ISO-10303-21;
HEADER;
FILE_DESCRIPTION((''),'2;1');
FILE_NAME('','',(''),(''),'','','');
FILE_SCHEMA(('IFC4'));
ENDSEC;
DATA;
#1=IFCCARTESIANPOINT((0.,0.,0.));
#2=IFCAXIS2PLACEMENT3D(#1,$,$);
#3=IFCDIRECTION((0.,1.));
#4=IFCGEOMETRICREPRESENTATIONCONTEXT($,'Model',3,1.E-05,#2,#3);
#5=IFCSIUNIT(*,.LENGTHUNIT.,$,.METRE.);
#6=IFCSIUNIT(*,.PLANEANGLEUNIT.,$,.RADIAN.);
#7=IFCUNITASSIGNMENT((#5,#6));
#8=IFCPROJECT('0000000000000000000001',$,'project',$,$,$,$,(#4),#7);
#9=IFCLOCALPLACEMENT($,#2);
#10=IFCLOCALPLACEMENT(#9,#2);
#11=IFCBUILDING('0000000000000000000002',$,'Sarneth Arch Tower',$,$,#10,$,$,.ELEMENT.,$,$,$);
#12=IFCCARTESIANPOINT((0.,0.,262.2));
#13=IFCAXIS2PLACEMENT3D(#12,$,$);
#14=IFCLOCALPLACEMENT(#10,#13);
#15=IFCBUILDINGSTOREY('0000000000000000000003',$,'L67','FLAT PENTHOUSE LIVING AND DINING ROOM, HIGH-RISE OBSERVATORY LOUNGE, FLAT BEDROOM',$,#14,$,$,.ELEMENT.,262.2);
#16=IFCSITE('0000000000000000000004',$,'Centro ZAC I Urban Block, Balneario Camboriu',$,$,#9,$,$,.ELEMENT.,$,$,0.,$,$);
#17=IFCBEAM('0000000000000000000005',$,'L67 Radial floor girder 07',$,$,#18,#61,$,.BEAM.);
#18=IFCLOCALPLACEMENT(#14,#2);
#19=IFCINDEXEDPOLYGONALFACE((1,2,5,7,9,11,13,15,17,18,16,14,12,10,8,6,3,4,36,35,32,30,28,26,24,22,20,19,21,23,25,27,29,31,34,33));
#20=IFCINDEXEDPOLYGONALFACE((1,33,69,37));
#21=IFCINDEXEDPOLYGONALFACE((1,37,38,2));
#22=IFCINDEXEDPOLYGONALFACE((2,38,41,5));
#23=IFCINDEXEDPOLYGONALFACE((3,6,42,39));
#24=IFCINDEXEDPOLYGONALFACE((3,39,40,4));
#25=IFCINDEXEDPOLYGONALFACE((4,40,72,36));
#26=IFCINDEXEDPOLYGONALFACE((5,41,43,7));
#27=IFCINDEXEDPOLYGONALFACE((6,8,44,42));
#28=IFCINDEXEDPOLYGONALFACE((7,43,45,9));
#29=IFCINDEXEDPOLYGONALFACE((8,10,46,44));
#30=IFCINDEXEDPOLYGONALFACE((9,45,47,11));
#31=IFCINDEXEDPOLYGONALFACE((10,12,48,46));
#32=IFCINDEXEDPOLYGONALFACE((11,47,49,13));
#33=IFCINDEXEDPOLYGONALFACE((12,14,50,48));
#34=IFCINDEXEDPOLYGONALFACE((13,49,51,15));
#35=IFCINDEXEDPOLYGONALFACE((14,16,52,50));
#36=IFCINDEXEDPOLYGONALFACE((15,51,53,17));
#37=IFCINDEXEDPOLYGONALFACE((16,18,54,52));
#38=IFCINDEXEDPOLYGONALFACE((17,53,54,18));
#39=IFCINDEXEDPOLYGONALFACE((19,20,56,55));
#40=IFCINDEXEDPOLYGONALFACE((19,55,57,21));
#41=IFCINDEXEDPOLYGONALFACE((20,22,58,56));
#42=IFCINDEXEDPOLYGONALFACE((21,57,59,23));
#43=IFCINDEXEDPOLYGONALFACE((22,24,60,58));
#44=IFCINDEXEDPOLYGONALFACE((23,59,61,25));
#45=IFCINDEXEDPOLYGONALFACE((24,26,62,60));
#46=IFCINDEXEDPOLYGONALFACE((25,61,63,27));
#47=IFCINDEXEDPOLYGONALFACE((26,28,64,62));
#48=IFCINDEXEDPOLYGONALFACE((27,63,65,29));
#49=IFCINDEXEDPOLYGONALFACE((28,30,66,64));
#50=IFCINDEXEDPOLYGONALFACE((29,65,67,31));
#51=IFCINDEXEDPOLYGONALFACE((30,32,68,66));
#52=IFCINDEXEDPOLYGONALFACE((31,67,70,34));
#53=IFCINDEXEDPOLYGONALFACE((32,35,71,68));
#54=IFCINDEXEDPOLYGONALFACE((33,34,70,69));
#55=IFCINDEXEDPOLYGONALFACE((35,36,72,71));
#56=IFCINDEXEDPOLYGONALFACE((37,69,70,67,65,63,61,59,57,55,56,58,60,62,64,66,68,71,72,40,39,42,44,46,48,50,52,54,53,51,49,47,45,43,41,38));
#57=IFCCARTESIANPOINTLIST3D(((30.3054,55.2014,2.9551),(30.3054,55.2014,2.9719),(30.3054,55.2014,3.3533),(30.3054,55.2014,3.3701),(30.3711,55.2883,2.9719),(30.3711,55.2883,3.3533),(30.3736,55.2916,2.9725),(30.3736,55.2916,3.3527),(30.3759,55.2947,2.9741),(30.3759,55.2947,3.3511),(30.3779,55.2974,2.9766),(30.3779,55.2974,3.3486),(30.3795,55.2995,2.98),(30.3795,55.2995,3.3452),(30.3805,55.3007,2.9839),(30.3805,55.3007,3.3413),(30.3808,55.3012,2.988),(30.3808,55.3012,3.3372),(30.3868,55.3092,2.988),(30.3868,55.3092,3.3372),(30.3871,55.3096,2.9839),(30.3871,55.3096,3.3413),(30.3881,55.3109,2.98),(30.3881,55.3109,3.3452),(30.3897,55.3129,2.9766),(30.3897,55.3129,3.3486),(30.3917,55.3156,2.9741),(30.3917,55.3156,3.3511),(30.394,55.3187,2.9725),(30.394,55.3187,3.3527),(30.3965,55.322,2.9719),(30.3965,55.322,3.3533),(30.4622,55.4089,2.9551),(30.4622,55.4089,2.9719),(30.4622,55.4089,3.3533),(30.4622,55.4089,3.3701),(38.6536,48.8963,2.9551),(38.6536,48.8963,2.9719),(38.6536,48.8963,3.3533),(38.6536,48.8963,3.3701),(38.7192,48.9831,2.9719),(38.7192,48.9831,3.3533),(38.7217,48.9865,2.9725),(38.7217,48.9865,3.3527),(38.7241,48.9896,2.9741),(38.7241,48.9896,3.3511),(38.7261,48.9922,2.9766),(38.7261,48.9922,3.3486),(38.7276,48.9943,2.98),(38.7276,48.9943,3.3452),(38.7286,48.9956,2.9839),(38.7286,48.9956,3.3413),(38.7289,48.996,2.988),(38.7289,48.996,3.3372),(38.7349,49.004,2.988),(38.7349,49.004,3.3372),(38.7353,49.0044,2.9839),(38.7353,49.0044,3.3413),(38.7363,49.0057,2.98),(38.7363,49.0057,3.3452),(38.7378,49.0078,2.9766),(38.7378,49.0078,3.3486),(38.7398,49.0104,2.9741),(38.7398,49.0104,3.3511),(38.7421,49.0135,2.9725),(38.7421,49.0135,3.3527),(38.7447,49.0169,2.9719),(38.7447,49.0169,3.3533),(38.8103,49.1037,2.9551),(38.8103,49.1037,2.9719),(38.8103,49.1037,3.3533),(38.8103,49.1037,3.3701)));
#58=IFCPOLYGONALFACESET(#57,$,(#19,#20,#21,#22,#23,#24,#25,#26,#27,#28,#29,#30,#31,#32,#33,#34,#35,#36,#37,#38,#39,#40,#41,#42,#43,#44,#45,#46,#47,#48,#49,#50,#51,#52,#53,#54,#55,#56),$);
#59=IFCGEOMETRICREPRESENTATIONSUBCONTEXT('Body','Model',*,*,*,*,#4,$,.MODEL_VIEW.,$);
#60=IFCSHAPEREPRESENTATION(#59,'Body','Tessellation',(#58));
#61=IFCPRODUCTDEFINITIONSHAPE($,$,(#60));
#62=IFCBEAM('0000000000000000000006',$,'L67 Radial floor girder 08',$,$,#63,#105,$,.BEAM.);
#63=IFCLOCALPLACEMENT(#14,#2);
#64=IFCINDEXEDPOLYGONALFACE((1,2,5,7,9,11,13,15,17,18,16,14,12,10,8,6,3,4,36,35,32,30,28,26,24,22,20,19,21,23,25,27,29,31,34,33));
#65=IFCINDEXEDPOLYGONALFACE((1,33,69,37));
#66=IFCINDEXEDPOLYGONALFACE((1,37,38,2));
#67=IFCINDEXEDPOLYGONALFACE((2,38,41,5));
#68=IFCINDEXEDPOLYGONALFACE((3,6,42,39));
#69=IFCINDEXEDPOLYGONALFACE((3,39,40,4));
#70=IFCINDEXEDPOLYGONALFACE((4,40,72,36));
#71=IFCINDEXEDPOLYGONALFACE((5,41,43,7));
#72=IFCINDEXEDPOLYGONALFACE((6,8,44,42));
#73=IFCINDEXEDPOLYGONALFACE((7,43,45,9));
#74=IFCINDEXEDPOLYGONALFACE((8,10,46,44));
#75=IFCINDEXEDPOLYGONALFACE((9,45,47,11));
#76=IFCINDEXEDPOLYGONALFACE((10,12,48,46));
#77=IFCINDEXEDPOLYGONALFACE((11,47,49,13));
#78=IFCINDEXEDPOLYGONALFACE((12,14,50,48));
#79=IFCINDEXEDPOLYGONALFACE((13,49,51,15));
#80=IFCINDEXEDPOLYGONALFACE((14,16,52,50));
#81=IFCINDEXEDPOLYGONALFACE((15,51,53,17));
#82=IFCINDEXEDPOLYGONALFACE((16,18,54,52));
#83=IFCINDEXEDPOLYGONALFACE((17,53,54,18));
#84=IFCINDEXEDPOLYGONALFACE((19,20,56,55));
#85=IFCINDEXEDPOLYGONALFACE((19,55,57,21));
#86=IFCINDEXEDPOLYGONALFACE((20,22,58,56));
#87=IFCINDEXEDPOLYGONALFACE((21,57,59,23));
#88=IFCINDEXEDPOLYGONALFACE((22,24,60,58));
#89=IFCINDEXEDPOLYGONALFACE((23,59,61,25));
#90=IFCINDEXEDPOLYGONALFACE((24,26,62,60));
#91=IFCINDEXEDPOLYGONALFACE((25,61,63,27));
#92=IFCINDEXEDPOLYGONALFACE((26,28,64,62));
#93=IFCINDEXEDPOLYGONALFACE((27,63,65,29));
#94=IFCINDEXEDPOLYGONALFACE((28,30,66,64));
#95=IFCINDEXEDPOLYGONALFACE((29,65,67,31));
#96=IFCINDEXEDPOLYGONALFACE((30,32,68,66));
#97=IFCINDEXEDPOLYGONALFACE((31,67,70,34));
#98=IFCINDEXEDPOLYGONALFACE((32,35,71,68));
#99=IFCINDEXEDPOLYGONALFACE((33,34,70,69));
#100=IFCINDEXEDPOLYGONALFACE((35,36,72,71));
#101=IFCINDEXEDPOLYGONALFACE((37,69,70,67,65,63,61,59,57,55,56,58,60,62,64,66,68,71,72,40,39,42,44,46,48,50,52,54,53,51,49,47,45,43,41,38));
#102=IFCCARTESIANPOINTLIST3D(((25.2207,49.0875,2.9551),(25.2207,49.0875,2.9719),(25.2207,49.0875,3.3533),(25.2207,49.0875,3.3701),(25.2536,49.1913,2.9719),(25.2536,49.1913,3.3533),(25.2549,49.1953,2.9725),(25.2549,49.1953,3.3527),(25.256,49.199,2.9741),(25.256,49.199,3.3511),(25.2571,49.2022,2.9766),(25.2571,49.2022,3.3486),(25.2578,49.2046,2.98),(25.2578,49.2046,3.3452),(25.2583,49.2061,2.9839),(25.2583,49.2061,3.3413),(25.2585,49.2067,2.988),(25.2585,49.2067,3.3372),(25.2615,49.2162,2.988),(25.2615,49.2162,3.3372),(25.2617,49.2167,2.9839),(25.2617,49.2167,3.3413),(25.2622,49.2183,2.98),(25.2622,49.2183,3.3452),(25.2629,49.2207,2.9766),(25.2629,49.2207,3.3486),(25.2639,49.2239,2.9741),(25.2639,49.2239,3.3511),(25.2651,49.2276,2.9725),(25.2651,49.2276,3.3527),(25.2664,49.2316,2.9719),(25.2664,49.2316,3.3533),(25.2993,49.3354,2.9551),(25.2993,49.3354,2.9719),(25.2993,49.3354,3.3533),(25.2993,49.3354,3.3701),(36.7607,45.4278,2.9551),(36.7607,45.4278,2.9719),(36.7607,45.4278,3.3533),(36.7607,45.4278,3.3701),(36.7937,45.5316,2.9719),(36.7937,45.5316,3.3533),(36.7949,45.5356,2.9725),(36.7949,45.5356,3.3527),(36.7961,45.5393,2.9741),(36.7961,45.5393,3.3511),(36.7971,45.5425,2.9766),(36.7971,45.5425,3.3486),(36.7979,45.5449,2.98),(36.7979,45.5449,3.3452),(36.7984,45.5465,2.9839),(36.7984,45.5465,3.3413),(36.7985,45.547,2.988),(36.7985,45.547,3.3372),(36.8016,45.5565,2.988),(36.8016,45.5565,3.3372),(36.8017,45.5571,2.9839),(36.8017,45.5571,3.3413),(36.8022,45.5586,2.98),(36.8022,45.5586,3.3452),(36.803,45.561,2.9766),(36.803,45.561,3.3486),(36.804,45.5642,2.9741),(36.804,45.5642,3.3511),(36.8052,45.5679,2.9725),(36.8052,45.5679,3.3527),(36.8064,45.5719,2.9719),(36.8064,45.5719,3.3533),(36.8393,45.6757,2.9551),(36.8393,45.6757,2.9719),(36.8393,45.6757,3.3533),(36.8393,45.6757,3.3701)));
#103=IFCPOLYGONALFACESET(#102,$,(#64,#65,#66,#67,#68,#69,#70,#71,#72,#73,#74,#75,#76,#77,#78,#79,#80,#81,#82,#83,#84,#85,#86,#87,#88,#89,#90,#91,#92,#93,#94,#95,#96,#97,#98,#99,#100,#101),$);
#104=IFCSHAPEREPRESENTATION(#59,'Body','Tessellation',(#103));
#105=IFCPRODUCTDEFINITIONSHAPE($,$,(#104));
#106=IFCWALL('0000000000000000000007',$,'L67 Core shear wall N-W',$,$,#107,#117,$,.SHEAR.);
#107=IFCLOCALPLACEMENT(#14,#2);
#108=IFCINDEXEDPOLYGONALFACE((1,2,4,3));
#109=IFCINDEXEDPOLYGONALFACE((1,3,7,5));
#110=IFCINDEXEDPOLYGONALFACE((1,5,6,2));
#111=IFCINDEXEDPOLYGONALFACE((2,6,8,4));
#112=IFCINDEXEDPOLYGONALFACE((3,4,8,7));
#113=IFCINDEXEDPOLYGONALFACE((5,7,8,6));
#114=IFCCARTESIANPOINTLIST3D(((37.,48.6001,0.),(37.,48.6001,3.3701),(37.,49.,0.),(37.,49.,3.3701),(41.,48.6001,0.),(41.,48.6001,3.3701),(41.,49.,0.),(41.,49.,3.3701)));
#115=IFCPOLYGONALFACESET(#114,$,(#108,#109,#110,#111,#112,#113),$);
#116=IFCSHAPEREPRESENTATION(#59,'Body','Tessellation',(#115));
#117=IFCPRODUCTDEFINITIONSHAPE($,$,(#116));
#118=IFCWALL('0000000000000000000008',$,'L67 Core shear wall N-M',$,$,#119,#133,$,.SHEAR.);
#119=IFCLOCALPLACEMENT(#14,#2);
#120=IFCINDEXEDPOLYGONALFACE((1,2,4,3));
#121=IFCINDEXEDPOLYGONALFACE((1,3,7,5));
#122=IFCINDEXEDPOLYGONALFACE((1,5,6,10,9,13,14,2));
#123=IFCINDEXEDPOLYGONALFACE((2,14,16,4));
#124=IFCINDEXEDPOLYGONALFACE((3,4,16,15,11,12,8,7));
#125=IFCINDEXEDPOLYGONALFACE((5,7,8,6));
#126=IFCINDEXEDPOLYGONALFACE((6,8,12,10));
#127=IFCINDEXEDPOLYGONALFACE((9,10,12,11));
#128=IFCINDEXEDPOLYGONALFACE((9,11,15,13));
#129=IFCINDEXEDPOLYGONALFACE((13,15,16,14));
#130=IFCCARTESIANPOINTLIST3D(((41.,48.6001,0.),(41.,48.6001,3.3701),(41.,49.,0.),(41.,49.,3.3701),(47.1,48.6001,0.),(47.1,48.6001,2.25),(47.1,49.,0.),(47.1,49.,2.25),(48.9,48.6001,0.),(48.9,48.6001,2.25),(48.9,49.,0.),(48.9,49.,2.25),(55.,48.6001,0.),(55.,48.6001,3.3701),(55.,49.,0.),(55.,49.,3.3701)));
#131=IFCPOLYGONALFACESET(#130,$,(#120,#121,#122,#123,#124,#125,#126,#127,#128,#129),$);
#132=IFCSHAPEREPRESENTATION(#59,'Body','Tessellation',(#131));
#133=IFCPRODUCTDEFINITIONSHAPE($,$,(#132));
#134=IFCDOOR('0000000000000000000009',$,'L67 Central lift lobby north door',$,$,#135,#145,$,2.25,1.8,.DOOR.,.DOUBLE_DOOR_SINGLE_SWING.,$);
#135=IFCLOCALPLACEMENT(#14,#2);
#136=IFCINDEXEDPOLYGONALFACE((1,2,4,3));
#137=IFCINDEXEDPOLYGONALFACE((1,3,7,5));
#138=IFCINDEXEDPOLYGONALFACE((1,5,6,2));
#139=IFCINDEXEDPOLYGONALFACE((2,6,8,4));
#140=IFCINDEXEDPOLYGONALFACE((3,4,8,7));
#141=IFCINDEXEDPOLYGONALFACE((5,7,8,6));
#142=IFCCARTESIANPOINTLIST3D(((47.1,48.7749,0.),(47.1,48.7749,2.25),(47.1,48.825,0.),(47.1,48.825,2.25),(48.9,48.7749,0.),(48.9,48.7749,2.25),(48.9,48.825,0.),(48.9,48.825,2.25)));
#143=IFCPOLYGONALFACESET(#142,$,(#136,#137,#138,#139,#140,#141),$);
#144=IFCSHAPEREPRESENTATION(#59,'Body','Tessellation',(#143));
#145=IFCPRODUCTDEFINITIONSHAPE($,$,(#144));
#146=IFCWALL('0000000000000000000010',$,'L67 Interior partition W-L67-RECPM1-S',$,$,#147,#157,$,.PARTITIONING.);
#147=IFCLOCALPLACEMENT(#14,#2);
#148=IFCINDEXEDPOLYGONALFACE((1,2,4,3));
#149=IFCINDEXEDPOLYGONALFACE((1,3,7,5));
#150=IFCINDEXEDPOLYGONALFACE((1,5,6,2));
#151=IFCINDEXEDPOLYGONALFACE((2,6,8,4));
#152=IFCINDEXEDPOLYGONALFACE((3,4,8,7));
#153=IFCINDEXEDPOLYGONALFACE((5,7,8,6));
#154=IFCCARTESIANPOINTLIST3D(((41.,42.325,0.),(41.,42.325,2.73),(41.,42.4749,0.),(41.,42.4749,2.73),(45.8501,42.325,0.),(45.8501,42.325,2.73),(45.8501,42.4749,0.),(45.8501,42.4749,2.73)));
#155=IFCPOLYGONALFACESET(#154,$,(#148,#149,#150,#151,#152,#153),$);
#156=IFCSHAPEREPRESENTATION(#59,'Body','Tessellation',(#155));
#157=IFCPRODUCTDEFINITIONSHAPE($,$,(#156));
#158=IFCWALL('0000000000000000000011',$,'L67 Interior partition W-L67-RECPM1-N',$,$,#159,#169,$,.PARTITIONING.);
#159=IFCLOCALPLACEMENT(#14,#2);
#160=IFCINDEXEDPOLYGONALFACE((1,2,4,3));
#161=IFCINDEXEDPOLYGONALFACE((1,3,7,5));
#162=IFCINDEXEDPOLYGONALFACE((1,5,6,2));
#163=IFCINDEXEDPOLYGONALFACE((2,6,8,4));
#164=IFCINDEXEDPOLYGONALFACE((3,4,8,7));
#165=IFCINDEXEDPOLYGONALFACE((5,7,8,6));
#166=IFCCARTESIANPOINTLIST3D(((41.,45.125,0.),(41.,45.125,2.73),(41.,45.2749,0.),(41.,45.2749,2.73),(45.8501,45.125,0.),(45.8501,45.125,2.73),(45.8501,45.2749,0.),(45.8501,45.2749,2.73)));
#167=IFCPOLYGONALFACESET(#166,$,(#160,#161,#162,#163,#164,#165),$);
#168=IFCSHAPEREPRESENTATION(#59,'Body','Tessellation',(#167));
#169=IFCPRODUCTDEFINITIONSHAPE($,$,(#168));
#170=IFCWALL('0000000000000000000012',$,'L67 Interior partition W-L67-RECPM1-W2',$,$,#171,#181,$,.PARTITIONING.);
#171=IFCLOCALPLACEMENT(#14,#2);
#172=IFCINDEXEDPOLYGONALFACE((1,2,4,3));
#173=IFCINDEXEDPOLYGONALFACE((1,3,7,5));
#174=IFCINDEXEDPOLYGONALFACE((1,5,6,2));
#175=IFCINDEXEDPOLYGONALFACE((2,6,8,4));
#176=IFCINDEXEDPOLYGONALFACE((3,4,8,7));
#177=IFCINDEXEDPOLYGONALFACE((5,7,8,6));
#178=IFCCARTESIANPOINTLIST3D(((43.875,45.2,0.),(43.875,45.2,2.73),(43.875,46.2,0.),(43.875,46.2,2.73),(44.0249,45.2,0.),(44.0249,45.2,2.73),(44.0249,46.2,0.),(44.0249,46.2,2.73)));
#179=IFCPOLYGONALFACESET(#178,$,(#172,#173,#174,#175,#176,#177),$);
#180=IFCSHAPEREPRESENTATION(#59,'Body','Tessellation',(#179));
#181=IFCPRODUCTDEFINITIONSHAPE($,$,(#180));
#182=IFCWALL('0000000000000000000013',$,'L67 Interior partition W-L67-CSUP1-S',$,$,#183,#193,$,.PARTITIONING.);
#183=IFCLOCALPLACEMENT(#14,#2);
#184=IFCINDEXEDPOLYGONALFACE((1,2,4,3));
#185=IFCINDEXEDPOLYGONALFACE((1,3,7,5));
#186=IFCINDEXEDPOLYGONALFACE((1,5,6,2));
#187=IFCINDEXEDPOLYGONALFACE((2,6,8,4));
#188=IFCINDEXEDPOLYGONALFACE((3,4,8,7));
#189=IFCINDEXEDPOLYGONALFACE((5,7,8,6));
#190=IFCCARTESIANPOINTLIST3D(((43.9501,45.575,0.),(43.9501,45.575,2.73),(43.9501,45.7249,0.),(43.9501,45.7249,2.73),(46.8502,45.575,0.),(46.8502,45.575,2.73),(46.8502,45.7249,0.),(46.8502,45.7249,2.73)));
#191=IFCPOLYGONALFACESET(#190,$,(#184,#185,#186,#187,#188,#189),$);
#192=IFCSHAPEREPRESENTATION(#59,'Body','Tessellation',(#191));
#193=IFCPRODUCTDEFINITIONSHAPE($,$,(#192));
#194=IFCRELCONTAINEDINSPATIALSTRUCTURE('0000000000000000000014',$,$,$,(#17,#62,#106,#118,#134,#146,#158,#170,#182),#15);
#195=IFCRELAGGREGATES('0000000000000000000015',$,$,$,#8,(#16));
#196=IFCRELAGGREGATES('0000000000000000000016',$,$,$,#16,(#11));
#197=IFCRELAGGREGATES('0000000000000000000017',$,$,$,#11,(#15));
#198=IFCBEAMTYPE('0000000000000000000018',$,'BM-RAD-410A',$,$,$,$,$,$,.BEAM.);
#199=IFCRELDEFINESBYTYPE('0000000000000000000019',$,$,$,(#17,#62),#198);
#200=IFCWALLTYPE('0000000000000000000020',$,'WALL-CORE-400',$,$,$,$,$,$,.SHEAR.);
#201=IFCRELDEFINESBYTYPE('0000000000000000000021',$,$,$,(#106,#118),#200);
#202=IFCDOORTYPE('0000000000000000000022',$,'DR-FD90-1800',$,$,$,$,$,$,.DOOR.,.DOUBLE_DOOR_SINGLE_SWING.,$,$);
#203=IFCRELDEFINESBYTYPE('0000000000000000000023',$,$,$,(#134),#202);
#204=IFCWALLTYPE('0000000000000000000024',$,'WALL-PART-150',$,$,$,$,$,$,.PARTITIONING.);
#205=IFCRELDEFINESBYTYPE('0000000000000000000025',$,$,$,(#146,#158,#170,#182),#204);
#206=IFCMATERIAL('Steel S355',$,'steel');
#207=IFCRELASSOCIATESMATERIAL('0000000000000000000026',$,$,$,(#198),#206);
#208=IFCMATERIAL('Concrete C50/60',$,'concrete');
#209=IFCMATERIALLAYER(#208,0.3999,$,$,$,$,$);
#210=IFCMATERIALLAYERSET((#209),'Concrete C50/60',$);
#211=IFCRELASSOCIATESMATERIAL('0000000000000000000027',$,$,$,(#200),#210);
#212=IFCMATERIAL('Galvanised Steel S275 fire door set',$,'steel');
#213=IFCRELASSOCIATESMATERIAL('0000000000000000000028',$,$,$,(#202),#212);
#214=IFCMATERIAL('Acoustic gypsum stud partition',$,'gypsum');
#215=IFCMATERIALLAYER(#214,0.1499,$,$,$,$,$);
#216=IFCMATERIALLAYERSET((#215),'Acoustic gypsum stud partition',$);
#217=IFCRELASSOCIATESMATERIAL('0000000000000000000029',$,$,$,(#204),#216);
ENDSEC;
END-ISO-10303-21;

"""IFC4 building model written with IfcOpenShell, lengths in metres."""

from ifc_helpers import new_model, si_unit, direction, frame, frame_2d, origin, origin_2d, place, context, subcontext, project, spatial, rectangle, i_section, extrude, material, layer, layer_set, material_profile, profile_set, type_object, element, fill, save


model = new_model("IFC4")

# Units and contexts
model_context = context("Model", 3, precision=1e-05, world=origin(), true_north=direction((0.0, 1.0)))
body_context = subcontext(model_context, "Body", "Model", "MODEL_VIEW")
ifc_project = project(units=[si_unit("LENGTHUNIT", "METRE"), si_unit("PLANEANGLEUNIT", "RADIAN")], contexts=[model_context])

# Site, building, storey
site_placement = place(None, origin())
site = spatial("IfcSite", under=ifc_project, at=site_placement, Name="Centro ZAC I Urban Block, Balneario Camboriu", CompositionType="ELEMENT", RefElevation=0.0)
building_placement = place(site_placement, origin())
building = spatial("IfcBuilding", under=site, at=building_placement, Name="Sarneth Arch Tower", CompositionType="ELEMENT")
storey_placement = place(building_placement, frame((0.0, 0.0, 262.2)))
storey = spatial("IfcBuildingStorey", under=building, at=storey_placement, Name="L67", Description="FLAT PENTHOUSE LIVING AND DINING ROOM, HIGH-RISE OBSERVATORY LOUNGE, FLAT BEDROOM", CompositionType="ELEMENT", Elevation=262.2)

# Beams
ifc_material_1 = material(Name="Steel S355", Category="steel")
ifc_material_profile_1 = material_profile(ifc_material_1, i_section(OverallWidth=0.26, OverallDepth=0.415, WebThickness=0.01, FlangeThickness=0.0168, FilletRadius=0.0161, at=origin_2d()), Name="W410x100")
ifc_profile_set_1 = profile_set([ifc_material_profile_1], Name="Steel S355")
beam_type_1 = type_object("IfcBeamType", Name="BM-RAD-410A", PredefinedType="BEAM", material=ifc_profile_set_1)
beam_1_placement = place(storey_placement, frame((38.7319, 49.0, 3.1626), z_axis=(-0.797974, 0.602692, 0.0), x_axis=(-0.602692, -0.797974, 0.0)))
element("IfcBeam", 1, at=beam_1_placement, inside=storey, type_object=beam_type_1, Name="L67 Radial floor girder 07", PredefinedType="BEAM", context=body_context, shape_type="SweptSolid", body=[
    extrude(i_section(OverallWidth=0.26, OverallDepth=0.415, WebThickness=0.01, FlangeThickness=0.0168, FilletRadius=0.0161, at=origin_2d()), origin(), (0.0, 0.0, 1.0), 10.4617),
])
beam_2_placement = place(storey_placement, frame((36.8, 45.5518, 3.1626), z_axis=(-0.953216, 0.302291, 0.0), x_axis=(-0.302291, -0.953216, 0.0)))
element("IfcBeam", 2, at=beam_2_placement, inside=storey, type_object=beam_type_1, Name="L67 Radial floor girder 08", PredefinedType="BEAM", context=body_context, shape_type="SweptSolid", body=[
    extrude(i_section(OverallWidth=0.26, OverallDepth=0.415, WebThickness=0.01, FlangeThickness=0.0168, FilletRadius=0.0161, at=origin_2d()), origin(), (0.0, 0.0, 1.0), 12.1064),
])

# Wall
ifc_material_2 = material(Name="Concrete C50/60", Category="concrete")
ifc_layer_1 = layer(ifc_material_2, 0.3999)
ifc_layer_set_1 = layer_set([ifc_layer_1], Name="Concrete C50/60")
wall_type_1 = type_object("IfcWallType", Name="WALL-CORE-400", PredefinedType="SHEAR", material=ifc_layer_set_1)
wall_1_placement = place(storey_placement, frame((37.0, 48.8, 0.0), z_axis=(0.0, 0.0, 1.0), x_axis=(1.0, 0.0, 0.0)))
element("IfcWall", 3, at=wall_1_placement, inside=storey, type_object=wall_type_1, Name="L67 Core shear wall N-W", PredefinedType="SHEAR", context=body_context, shape_type="SweptSolid", body=[
    extrude(rectangle(XDim=4.0, YDim=0.3999, at=frame_2d((2.0, 0.0))), origin(), (0.0, 0.0, 1.0), 3.3701),
])

# Wall, opening, door
wall_2_placement = place(storey_placement, frame((41.0, 48.8, 0.0), z_axis=(0.0, 0.0, 1.0), x_axis=(1.0, 0.0, 0.0)))
wall_2 = element("IfcWall", 4, at=wall_2_placement, inside=storey, type_object=wall_type_1, Name="L67 Core shear wall N-M", PredefinedType="SHEAR", context=body_context, shape_type="SweptSolid", body=[
    extrude(rectangle(XDim=14.0, YDim=0.3999, at=frame_2d((7.0, 0.0))), origin(), (0.0, 0.0, 1.0), 3.3701),
])
opening_1_placement = place(wall_2_placement, frame((6.1001, 0.0, 0.0)))
opening_1 = element("IfcOpeningElement", 5, at=opening_1_placement, cuts=wall_2, PredefinedType="OPENING", context=body_context, shape_type="SweptSolid", body=[
    extrude(rectangle(XDim=1.8, YDim=2.25, at=frame_2d((0.8999, 1.125))), frame((0.0, 0.21, 0.0), z_axis=(0.0, -1.0, 0.0), x_axis=(1.0, 0.0, 0.0)), (0.0, 0.0, 1.0), 0.4199),
])
ifc_material_3 = material(Name="Galvanised Steel S275 fire door set", Category="steel")
door_type_1 = type_object("IfcDoorType", Name="DR-FD90-1800", OperationType="DOUBLE_DOOR_SINGLE_SWING", PredefinedType="DOOR", material=ifc_material_3)
door_1_placement = place(opening_1_placement, origin())
door_1 = element("IfcDoor", 6, at=door_1_placement, inside=storey, type_object=door_type_1, Name="L67 Central lift lobby north door", OperationType="DOUBLE_DOOR_SINGLE_SWING", OverallHeight=2.25, OverallWidth=1.8, PredefinedType="DOOR", context=body_context, shape_type="SweptSolid", body=[
    extrude(rectangle(XDim=1.8, YDim=2.25, at=frame_2d((0.8999, 1.125))), frame((0.0, 0.0249, 0.0), z_axis=(0.0, -1.0, 0.0), x_axis=(1.0, 0.0, 0.0)), (0.0, 0.0, 1.0), 0.05),
])
fill(opening_1, door_1)

# Walls
ifc_material_4 = material(Name="Acoustic gypsum stud partition", Category="gypsum")
ifc_layer_2 = layer(ifc_material_4, 0.1499)
ifc_layer_set_2 = layer_set([ifc_layer_2], Name="Acoustic gypsum stud partition")
wall_type_2 = type_object("IfcWallType", Name="WALL-PART-150", PredefinedType="PARTITIONING", material=ifc_layer_set_2)
for number, where, z_axis, x_axis, name in (
    (7, (41.0, 42.3999, 0.0), (0.0, 0.0, 1.0), (1.0, 0.0, 0.0), "L67 Interior partition W-L67-RECPM1-S"),
    (8, (41.0, 45.2, 0.0), (0.0, 0.0, 1.0), (1.0, 0.0, 0.0), "L67 Interior partition W-L67-RECPM1-N"),
):
    element("IfcWall", number, at=place(storey_placement, frame(where, z_axis=z_axis, x_axis=x_axis)), inside=storey, type_object=wall_type_2, Name=name, PredefinedType="PARTITIONING", context=body_context, shape_type="SweptSolid", body=[
        extrude(rectangle(XDim=4.8501, YDim=0.1499, at=frame_2d((2.425, 0.0))), origin(), (0.0, 0.0, 1.0), 2.73),
    ])
wall_3_placement = place(storey_placement, frame((43.95, 45.2, 0.0), z_axis=(0.0, 0.0, 1.0), x_axis=(0.0, 1.0, 0.0)))
element("IfcWall", 9, at=wall_3_placement, inside=storey, type_object=wall_type_2, Name="L67 Interior partition W-L67-RECPM1-W2", PredefinedType="PARTITIONING", context=body_context, shape_type="SweptSolid", body=[
    extrude(rectangle(XDim=1.0, YDim=0.1499, at=frame_2d((0.5, 0.0))), origin(), (0.0, 0.0, 1.0), 2.73),
])

# Wall
wall_4_placement = place(storey_placement, frame((43.95, 45.6499, 0.0), z_axis=(0.0, 0.0, 1.0), x_axis=(1.0, 0.0, 0.0)))
element("IfcWall", 10, at=wall_4_placement, inside=storey, type_object=wall_type_2, Name="L67 Interior partition W-L67-CSUP1-S", PredefinedType="PARTITIONING", context=body_context, shape_type="SweptSolid", body=[
    extrude(rectangle(XDim=2.9001, YDim=0.1499, at=frame_2d((1.4502, 0.0))), origin(), (0.0, 0.0, 1.0), 2.73),
])

save(model, "model.ifc")
